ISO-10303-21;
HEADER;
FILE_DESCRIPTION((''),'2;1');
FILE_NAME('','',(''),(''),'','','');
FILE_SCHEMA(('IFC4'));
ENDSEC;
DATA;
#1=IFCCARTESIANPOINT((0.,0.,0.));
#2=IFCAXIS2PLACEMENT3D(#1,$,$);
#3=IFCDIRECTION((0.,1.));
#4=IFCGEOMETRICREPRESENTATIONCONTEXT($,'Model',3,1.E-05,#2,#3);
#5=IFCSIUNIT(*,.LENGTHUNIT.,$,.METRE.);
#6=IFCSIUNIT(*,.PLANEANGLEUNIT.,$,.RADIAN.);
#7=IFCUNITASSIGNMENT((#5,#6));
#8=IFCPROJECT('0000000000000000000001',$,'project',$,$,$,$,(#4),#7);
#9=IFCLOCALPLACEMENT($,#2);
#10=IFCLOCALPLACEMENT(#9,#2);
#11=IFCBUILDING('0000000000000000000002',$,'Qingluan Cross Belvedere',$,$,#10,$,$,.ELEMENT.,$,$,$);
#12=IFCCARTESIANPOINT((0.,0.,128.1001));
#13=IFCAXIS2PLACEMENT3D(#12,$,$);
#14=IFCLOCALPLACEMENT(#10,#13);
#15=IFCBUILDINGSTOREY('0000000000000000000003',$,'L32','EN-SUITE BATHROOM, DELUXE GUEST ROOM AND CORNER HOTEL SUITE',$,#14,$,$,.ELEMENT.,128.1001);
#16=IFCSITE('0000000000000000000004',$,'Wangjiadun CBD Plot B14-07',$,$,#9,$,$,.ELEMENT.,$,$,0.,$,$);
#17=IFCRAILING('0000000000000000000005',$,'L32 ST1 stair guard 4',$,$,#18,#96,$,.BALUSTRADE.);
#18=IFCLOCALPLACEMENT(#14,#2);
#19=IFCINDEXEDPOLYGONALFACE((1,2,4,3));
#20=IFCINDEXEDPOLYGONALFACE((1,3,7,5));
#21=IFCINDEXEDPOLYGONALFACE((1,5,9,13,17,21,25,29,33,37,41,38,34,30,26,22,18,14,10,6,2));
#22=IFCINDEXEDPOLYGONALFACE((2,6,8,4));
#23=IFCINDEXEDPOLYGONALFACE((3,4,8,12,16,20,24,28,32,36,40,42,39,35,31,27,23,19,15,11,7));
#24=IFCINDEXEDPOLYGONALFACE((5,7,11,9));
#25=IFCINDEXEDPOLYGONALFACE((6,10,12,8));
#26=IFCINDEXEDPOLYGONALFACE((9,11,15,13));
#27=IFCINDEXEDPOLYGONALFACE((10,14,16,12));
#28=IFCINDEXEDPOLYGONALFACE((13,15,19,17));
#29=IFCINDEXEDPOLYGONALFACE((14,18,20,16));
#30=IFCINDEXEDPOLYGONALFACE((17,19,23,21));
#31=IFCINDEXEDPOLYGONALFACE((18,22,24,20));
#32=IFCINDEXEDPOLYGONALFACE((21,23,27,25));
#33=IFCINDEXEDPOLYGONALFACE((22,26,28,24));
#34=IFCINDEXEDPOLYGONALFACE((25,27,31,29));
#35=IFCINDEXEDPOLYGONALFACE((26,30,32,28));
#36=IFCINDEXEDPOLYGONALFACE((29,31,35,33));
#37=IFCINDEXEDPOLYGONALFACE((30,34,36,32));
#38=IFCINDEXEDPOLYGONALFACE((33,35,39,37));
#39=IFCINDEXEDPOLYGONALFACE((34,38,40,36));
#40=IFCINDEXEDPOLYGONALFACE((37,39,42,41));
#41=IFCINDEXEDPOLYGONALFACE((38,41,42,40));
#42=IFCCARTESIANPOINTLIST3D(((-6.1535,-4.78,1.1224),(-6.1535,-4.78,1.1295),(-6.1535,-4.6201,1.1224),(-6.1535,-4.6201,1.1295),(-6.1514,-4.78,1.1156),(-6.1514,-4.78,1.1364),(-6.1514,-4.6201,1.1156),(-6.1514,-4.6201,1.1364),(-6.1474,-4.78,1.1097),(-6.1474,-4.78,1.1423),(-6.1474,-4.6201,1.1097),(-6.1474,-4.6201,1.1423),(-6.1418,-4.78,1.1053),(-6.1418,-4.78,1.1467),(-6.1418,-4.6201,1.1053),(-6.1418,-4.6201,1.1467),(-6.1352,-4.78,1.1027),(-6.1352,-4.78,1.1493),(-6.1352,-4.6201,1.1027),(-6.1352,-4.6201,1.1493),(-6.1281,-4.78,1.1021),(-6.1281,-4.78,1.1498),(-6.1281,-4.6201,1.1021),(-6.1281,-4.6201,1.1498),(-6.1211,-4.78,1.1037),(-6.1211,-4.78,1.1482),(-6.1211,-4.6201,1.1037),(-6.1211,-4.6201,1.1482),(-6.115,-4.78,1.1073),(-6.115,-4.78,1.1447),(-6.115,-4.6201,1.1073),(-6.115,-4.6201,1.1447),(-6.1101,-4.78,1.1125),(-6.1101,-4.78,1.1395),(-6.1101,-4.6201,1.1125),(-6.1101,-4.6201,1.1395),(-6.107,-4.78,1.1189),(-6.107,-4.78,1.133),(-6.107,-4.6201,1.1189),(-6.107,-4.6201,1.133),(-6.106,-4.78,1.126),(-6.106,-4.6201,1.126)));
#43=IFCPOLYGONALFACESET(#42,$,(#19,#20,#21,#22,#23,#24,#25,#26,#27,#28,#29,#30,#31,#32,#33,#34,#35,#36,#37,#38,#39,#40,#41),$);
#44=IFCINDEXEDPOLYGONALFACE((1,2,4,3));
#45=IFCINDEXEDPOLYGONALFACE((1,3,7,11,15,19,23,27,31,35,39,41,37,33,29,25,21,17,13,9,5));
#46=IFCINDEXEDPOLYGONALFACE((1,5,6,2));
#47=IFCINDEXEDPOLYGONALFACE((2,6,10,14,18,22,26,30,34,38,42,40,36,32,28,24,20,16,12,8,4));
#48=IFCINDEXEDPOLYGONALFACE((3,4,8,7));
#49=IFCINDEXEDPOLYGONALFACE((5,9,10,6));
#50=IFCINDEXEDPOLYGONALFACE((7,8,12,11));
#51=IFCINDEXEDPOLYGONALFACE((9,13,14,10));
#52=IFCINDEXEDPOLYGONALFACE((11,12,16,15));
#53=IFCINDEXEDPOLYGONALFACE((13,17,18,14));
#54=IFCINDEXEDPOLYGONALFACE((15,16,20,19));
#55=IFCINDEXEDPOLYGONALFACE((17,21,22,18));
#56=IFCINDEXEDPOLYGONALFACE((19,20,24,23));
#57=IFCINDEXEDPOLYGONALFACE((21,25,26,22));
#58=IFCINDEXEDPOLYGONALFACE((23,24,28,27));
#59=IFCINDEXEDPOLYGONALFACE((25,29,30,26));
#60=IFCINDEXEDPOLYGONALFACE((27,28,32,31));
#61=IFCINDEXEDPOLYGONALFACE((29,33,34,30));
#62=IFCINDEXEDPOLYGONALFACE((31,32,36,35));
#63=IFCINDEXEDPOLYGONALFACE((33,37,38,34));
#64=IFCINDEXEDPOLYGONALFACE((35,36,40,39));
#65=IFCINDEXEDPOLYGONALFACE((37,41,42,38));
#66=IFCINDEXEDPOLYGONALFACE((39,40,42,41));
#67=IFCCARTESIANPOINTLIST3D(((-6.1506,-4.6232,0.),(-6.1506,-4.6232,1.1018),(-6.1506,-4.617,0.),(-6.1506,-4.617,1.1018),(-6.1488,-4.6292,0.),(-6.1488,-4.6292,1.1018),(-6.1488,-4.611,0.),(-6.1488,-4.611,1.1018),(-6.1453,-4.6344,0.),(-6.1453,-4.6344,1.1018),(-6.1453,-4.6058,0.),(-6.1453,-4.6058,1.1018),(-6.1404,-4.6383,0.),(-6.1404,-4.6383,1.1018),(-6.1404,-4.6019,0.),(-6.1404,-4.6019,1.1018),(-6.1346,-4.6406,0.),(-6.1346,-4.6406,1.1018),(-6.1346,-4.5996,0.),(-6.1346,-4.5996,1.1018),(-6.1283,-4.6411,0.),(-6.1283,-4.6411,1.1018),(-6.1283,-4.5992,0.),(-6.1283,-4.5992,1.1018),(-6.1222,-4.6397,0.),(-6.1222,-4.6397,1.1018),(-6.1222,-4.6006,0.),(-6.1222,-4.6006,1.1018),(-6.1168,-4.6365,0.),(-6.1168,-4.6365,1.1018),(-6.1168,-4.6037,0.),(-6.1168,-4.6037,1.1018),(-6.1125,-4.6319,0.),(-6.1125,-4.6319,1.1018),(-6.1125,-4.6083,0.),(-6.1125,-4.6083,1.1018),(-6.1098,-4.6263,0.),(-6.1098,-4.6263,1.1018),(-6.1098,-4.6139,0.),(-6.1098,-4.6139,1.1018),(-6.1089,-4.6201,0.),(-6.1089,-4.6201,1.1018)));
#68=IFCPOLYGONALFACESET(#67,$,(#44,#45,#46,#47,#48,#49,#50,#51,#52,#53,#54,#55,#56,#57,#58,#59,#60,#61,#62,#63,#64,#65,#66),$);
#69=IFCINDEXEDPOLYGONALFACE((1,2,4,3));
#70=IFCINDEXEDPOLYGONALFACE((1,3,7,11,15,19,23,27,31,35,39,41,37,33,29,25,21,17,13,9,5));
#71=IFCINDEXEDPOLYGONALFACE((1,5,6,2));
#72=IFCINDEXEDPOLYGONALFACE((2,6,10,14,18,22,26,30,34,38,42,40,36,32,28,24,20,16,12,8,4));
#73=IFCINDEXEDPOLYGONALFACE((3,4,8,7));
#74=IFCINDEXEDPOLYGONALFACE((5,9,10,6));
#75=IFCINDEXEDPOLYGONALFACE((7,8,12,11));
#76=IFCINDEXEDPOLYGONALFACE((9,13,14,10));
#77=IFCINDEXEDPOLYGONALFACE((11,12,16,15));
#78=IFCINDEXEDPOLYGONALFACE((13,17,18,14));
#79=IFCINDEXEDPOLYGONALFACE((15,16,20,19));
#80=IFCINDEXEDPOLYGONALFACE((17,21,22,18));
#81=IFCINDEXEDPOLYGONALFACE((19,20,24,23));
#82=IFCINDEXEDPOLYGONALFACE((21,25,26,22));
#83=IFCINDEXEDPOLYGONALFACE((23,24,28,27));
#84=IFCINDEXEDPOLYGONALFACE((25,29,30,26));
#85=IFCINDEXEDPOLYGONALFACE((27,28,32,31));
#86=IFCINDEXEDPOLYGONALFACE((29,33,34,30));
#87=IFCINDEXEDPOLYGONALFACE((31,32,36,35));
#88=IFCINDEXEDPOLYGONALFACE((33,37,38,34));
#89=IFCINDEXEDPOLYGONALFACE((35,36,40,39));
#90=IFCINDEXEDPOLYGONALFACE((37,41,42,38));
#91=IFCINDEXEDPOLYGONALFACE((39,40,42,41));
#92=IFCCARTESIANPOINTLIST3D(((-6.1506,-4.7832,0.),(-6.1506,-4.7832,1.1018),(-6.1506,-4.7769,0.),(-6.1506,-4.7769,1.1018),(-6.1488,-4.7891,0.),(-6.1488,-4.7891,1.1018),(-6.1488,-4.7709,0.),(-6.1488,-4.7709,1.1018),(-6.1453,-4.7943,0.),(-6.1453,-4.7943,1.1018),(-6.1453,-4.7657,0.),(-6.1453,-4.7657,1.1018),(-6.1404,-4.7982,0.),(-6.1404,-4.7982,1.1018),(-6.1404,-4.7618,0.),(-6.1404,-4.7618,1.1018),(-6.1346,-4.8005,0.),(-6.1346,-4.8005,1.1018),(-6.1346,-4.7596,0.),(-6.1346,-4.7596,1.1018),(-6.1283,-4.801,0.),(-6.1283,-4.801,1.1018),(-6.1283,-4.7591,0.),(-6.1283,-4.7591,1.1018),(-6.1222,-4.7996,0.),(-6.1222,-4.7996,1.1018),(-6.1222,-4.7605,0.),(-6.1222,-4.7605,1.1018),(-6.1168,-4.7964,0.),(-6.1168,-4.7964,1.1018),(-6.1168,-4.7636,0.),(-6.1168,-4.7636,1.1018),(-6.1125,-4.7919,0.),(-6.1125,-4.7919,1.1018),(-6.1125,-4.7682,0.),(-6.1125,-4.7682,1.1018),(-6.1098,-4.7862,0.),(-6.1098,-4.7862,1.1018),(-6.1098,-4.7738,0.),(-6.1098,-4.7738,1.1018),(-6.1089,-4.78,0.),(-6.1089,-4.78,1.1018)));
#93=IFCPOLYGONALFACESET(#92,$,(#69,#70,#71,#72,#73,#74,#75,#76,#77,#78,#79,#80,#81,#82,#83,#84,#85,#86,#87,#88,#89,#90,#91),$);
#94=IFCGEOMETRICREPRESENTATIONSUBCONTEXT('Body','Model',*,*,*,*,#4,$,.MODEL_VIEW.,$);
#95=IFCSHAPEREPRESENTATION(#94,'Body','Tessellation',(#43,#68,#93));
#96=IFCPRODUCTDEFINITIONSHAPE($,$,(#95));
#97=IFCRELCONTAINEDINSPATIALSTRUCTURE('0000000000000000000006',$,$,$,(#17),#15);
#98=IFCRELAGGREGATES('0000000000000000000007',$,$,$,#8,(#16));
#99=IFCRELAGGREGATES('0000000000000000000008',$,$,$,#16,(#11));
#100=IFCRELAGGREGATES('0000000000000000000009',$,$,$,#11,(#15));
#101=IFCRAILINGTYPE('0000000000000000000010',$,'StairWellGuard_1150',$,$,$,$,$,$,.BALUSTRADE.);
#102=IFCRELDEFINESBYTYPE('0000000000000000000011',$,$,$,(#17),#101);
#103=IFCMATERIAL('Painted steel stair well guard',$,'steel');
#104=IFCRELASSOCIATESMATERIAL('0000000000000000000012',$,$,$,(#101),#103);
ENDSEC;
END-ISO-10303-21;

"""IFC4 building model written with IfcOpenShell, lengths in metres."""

from ifc_helpers import new_model, si_unit, direction, frame, origin, origin_2d, place, context, subcontext, project, spatial, circle, extrude, material, type_object, element, save


model = new_model("IFC4")

# Units and contexts
model_context = context("Model", 3, precision=1e-05, world=origin(), true_north=direction((0.0, 1.0)))
body_context = subcontext(model_context, "Body", "Model", "MODEL_VIEW")
ifc_project = project(units=[si_unit("LENGTHUNIT", "METRE"), si_unit("PLANEANGLEUNIT", "RADIAN")], contexts=[model_context])

# Site, building, storey
site_placement = place(None, origin())
site = spatial("IfcSite", under=ifc_project, at=site_placement, Name="Wangjiadun CBD Plot B14-07", CompositionType="ELEMENT", RefElevation=0.0)
building_placement = place(site_placement, origin())
building = spatial("IfcBuilding", under=site, at=building_placement, Name="Qingluan Cross Belvedere", CompositionType="ELEMENT")
storey_placement = place(building_placement, frame((0.0, 0.0, 128.1001)))
storey = spatial("IfcBuildingStorey", under=building, at=storey_placement, Name="L32", Description="EN-SUITE BATHROOM, DELUXE GUEST ROOM AND CORNER HOTEL SUITE", CompositionType="ELEMENT", Elevation=128.1001)

# Railing
ifc_material_1 = material(Name="Painted steel stair well guard", Category="steel")
railing_type_1 = type_object("IfcRailingType", Name="StairWellGuard_1150", PredefinedType="BALUSTRADE", material=ifc_material_1)
railing_1_placement = place(storey_placement, frame((-6.1299, -4.6201, 0.0)))
element("IfcRailing", 1, at=railing_1_placement, inside=storey, type_object=railing_type_1, Name="L32 ST1 stair guard 4", PredefinedType="BALUSTRADE", context=body_context, shape_type="SweptSolid", body=[
    extrude(circle(Radius=0.0239, at=origin_2d()), frame((0.0, 0.0, 1.126), z_axis=(0.0, -1.0, 0.0), x_axis=(1.0, 0.0, 0.0)), (0.0, 0.0, 1.0), 0.1599),
    extrude(circle(Radius=0.021, at=origin_2d()), origin(), (0.0, 0.0, 1.0), 1.1018),
    extrude(circle(Radius=0.021, at=origin_2d()), frame((0.0, -0.1599, 0.0)), (0.0, 0.0, 1.0), 1.1018),
])

save(model, "model.ifc")
